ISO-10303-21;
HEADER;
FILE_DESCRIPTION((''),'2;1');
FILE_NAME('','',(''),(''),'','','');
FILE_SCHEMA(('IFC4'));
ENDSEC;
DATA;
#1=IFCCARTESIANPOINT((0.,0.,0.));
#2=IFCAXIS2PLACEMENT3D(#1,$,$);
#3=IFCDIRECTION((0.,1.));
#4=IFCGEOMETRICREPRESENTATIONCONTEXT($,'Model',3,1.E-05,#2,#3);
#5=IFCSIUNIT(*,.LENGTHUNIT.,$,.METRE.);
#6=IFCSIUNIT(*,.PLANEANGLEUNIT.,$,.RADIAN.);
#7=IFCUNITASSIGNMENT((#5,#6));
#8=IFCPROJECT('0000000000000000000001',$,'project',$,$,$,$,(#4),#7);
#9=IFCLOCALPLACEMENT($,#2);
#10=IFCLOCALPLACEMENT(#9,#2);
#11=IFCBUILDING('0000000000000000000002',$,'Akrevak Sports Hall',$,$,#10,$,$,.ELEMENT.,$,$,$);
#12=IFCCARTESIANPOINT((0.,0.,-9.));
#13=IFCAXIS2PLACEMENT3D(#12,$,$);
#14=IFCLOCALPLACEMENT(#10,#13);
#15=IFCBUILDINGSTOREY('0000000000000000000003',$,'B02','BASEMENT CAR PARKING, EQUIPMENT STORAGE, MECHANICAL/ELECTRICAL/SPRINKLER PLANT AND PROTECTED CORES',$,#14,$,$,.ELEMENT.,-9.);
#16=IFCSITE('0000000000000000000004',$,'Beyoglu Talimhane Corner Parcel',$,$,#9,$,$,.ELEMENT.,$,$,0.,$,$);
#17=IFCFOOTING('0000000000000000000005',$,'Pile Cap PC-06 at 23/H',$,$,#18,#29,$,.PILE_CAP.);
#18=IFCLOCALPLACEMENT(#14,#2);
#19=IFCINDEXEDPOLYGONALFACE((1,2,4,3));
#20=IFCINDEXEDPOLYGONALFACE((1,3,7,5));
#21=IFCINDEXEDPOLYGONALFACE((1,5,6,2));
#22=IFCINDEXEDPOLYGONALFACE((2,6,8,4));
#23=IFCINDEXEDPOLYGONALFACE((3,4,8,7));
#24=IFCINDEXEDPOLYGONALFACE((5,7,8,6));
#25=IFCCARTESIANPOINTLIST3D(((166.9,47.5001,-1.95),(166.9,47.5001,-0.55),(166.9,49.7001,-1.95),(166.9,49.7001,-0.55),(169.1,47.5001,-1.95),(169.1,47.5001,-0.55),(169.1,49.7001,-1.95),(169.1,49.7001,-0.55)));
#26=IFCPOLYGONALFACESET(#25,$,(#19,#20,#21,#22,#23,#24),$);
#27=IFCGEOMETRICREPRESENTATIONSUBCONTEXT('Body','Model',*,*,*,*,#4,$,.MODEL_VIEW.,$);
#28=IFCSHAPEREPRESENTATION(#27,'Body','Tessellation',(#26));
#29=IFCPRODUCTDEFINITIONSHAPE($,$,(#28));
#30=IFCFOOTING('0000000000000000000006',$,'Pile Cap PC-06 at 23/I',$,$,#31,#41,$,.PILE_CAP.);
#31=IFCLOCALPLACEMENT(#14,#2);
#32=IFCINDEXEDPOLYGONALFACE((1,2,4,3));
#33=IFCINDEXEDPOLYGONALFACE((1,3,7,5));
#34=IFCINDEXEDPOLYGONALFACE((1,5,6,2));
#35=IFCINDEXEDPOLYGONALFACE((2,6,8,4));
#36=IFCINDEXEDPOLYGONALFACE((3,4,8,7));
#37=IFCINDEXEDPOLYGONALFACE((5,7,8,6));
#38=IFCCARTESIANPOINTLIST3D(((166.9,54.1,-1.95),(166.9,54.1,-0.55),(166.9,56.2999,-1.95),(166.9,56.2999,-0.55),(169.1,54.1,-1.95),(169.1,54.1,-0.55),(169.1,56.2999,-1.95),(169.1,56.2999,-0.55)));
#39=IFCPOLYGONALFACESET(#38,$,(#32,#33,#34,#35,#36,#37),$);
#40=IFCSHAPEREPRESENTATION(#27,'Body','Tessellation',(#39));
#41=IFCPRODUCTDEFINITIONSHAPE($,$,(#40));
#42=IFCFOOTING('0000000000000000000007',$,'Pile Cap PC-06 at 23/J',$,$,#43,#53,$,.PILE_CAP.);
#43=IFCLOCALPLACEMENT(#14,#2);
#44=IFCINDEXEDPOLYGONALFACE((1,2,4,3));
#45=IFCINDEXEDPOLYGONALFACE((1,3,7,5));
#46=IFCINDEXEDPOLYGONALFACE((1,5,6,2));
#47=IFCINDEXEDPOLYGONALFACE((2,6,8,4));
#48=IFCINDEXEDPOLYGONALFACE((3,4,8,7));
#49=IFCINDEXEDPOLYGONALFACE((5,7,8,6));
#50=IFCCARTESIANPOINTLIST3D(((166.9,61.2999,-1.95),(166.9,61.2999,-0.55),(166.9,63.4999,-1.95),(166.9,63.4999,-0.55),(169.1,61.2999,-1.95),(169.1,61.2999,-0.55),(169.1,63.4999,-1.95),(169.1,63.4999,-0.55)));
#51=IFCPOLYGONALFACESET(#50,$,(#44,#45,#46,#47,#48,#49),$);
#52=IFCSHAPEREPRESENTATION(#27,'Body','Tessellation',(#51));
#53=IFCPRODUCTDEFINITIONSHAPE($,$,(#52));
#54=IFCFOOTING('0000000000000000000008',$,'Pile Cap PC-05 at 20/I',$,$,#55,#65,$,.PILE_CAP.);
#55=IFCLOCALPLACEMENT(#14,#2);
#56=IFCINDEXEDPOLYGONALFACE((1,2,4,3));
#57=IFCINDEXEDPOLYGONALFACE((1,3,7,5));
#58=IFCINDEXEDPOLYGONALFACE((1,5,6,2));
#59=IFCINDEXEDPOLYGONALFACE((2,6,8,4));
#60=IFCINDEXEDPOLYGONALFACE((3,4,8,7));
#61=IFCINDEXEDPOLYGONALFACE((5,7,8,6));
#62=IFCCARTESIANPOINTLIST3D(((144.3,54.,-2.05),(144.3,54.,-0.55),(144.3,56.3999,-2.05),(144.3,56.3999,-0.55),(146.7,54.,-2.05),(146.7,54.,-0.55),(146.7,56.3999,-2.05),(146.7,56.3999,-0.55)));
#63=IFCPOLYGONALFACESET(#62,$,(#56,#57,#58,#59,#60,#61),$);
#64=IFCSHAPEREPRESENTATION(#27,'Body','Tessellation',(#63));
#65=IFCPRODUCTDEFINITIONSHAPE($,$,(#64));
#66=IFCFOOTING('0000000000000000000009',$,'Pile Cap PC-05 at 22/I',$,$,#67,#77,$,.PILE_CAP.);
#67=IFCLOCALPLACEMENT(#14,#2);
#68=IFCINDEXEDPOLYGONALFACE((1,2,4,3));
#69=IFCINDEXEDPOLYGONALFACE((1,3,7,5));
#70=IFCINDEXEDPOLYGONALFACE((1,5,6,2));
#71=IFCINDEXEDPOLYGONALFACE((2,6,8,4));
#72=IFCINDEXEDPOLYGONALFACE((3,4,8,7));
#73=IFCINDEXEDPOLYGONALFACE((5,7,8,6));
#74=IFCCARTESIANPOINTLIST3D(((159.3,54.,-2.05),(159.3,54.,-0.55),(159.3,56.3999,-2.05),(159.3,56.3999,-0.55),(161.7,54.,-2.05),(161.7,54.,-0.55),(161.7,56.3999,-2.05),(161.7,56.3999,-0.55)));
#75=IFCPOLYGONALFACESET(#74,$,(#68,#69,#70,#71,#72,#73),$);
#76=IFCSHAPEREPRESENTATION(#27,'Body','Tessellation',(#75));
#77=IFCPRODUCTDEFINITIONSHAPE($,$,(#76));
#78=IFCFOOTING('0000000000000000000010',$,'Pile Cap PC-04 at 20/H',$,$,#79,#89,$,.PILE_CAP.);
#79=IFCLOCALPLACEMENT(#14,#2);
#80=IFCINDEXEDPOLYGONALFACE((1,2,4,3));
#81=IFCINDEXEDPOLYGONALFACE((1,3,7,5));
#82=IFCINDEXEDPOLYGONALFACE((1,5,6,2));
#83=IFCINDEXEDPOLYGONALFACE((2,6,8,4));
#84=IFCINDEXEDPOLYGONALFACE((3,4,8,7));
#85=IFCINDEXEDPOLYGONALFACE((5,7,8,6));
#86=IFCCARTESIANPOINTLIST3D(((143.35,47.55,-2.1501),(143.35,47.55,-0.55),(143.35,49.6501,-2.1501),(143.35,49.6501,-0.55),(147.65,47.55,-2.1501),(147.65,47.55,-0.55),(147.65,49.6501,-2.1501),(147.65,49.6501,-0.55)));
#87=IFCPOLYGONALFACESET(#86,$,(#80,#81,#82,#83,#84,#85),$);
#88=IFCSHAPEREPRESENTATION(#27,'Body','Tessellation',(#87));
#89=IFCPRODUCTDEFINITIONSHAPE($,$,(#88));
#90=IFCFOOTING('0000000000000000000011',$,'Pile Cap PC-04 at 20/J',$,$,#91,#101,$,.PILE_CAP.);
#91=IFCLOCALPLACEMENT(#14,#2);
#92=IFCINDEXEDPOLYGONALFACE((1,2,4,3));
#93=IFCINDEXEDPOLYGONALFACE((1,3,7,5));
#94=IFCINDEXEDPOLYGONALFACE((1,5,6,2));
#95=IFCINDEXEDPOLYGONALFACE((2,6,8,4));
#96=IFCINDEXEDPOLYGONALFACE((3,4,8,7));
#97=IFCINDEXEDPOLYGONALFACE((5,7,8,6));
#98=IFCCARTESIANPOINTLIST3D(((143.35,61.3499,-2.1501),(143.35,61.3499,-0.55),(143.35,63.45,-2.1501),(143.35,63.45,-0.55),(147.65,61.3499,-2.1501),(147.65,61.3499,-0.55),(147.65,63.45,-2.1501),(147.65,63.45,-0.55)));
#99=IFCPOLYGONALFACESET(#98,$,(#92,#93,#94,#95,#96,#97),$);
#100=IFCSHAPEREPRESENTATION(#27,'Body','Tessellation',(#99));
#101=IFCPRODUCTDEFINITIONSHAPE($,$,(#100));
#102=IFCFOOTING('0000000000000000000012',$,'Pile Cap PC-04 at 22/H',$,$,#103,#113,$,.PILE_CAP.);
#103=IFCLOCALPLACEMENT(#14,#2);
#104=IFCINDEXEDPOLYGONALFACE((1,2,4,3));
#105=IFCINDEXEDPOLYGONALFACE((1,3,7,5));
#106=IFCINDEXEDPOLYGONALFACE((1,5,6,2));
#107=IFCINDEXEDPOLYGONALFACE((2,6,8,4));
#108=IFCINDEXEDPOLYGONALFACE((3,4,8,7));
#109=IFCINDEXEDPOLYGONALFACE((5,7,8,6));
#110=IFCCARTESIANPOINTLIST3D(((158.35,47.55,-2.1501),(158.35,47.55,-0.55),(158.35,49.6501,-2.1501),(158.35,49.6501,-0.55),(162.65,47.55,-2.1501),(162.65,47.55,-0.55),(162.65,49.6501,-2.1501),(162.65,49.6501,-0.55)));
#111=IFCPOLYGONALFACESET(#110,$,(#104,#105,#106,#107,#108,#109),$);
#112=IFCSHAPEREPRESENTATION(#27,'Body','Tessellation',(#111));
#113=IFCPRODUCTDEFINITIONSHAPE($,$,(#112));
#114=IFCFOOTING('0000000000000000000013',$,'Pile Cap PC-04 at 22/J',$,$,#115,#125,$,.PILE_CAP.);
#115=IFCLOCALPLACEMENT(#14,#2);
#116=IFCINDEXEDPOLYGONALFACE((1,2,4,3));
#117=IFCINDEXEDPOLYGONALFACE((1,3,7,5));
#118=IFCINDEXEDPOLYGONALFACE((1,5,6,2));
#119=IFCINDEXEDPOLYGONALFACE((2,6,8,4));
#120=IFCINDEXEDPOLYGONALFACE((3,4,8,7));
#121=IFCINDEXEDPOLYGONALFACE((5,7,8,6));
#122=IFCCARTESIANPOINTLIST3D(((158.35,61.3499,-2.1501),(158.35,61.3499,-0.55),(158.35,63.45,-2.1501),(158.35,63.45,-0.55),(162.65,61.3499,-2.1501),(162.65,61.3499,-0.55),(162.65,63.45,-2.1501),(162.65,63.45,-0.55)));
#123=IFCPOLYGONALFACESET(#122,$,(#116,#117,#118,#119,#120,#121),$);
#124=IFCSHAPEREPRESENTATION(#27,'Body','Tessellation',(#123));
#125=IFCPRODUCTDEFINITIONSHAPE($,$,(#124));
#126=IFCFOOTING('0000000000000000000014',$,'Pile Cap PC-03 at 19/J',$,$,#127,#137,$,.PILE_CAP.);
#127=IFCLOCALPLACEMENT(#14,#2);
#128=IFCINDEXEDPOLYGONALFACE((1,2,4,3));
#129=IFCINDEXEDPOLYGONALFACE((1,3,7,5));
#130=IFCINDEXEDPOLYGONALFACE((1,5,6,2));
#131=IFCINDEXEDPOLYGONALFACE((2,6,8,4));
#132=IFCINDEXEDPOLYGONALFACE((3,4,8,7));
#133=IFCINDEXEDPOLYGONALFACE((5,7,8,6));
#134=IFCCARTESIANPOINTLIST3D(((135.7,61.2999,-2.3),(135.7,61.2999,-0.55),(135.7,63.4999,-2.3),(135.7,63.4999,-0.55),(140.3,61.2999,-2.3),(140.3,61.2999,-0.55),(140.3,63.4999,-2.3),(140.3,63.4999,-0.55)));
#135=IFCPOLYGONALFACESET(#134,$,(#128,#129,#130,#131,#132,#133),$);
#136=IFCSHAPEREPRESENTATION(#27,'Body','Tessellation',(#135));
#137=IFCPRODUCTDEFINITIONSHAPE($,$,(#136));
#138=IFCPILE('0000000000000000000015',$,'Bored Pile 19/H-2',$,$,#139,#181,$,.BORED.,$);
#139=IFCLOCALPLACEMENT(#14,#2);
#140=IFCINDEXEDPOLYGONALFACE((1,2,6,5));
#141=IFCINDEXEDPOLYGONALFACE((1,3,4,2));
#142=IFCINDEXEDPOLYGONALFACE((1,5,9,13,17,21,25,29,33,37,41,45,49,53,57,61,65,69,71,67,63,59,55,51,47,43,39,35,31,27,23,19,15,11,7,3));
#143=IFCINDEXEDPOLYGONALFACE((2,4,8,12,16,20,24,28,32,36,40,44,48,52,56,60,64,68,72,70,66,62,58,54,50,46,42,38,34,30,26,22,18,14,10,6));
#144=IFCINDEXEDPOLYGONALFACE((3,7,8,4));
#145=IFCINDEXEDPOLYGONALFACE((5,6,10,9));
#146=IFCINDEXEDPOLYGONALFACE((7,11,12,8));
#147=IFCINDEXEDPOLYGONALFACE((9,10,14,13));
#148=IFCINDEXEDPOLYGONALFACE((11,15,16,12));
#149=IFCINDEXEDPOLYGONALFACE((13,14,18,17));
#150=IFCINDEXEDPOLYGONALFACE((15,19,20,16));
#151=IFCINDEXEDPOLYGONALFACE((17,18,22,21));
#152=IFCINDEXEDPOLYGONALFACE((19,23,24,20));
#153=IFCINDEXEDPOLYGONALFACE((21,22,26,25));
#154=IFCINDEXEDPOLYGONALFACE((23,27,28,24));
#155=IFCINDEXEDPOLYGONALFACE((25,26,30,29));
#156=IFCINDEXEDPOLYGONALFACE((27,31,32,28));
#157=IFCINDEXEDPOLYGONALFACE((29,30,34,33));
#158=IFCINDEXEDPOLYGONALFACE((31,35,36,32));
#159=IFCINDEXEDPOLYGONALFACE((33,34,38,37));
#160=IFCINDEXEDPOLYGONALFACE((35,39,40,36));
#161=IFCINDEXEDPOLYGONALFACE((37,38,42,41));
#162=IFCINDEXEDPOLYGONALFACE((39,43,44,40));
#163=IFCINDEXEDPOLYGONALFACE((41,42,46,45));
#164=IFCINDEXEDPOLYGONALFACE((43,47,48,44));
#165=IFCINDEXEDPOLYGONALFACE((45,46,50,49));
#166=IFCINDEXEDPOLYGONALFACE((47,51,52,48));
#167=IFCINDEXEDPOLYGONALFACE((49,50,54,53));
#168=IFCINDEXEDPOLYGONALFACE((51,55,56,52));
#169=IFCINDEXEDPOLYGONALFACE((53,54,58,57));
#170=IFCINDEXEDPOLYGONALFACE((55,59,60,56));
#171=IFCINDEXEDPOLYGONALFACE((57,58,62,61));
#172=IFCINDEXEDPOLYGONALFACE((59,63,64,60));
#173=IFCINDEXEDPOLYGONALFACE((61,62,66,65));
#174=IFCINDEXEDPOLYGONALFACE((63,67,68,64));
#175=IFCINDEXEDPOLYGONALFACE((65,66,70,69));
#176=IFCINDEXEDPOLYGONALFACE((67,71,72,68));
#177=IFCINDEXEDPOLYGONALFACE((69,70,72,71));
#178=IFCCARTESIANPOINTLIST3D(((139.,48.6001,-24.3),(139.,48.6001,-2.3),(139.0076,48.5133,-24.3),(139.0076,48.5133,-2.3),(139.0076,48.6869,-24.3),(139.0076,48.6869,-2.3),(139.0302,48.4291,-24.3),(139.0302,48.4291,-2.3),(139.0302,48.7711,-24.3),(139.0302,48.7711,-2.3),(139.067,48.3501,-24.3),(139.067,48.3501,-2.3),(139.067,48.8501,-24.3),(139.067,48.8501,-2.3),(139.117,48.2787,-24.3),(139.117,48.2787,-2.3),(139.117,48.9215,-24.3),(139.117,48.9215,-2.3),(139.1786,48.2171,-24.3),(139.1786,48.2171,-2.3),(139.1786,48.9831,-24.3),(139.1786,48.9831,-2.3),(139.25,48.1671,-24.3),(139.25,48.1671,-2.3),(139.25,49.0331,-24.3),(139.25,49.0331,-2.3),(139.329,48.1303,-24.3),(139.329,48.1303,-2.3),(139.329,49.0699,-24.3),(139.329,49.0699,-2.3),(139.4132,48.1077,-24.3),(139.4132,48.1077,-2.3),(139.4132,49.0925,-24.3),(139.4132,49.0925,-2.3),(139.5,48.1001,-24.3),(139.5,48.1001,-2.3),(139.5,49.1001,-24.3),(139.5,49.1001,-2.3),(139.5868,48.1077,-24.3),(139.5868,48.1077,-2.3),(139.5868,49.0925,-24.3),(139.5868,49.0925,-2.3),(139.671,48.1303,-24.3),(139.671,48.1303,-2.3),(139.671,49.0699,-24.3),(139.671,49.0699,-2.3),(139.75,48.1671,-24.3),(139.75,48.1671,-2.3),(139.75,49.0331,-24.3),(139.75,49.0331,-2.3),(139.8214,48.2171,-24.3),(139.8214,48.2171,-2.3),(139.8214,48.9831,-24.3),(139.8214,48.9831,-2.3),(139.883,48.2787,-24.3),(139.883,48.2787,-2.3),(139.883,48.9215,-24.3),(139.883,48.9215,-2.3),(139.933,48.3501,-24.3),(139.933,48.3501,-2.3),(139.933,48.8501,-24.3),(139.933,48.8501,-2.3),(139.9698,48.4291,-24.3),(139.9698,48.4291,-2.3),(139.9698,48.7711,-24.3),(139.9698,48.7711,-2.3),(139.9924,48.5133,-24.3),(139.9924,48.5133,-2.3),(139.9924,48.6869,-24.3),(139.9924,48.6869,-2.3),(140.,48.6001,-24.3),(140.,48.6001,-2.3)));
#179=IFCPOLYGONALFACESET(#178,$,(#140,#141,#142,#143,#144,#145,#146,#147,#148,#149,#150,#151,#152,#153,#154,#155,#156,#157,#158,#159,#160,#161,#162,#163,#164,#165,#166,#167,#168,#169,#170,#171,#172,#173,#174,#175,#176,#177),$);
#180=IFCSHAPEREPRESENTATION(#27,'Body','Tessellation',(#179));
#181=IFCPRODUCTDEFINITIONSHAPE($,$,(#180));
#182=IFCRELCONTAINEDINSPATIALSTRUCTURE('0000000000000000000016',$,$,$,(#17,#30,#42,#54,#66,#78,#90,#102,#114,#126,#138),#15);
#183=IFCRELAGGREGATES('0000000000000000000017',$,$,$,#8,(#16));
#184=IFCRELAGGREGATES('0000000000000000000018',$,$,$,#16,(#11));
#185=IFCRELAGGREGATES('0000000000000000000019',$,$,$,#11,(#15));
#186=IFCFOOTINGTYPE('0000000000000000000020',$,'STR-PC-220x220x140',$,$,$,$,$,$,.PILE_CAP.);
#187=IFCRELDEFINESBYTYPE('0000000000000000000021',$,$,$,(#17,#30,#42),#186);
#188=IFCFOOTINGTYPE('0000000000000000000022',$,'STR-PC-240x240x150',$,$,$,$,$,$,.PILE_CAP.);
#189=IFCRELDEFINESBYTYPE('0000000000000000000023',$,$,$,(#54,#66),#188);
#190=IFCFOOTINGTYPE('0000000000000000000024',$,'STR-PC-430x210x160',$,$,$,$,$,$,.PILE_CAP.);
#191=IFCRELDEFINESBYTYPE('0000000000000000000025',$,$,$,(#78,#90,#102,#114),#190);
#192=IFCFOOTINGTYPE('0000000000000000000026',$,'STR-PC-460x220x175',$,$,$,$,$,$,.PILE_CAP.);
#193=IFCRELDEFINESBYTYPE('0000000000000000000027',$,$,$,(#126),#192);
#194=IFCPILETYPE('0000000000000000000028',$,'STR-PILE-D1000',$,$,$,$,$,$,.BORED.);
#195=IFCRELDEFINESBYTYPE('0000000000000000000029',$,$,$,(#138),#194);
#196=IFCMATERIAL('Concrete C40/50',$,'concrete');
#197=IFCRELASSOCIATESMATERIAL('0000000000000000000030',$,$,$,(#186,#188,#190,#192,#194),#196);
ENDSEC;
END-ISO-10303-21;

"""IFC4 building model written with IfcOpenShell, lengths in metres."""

from ifc_helpers import new_model, si_unit, direction, frame, origin, origin_2d, place, context, subcontext, project, spatial, rectangle, circle, extrude, material, material_profile, profile_set, type_object, element, save


model = new_model("IFC4")

# Units and contexts
model_context = context("Model", 3, precision=1e-05, world=origin(), true_north=direction((0.0, 1.0)))
body_context = subcontext(model_context, "Body", "Model", "MODEL_VIEW")
ifc_project = project(units=[si_unit("LENGTHUNIT", "METRE"), si_unit("PLANEANGLEUNIT", "RADIAN")], contexts=[model_context])

# Site, building, storey
site_placement = place(None, origin())
site = spatial("IfcSite", under=ifc_project, at=site_placement, Name="Beyoglu Talimhane Corner Parcel", CompositionType="ELEMENT", RefElevation=0.0)
building_placement = place(site_placement, origin())
building = spatial("IfcBuilding", under=site, at=building_placement, Name="Akrevak Sports Hall", CompositionType="ELEMENT")
storey_placement = place(building_placement, frame((0.0, 0.0, -9.0)))
storey = spatial("IfcBuildingStorey", under=building, at=storey_placement, Name="B02", Description="BASEMENT CAR PARKING, EQUIPMENT STORAGE, MECHANICAL/ELECTRICAL/SPRINKLER PLANT AND PROTECTED CORES", CompositionType="ELEMENT", Elevation=-9.0)

# Footings
ifc_material_1 = material(Name="Concrete C40/50", Category="concrete")
footing_type_1 = type_object("IfcFootingType", Name="STR-PC-220x220x140", PredefinedType="PILE_CAP", material=ifc_material_1)
for number, where, z_axis, x_axis, name in (
    (1, (168.0, 48.6001, -1.95), (0.0, 0.0, 1.0), (1.0, 0.0, 0.0), "Pile Cap PC-06 at 23/H"),
    (2, (168.0, 55.2, -1.95), (0.0, 0.0, 1.0), (1.0, 0.0, 0.0), "Pile Cap PC-06 at 23/I"),
    (3, (168.0, 62.3999, -1.95), (0.0, 0.0, 1.0), (1.0, 0.0, 0.0), "Pile Cap PC-06 at 23/J"),
):
    element("IfcFooting", number, at=place(storey_placement, frame(where, z_axis=z_axis, x_axis=x_axis)), inside=storey, type_object=footing_type_1, Name=name, PredefinedType="PILE_CAP", context=body_context, shape_type="SweptSolid", body=[
        extrude(rectangle(XDim=2.2, YDim=2.2, at=origin_2d()), origin(), (0.0, 0.0, 1.0), 1.3999),
    ])
footing_type_2 = type_object("IfcFootingType", Name="STR-PC-240x240x150", PredefinedType="PILE_CAP", material=ifc_material_1)
for number, where, z_axis, x_axis, name in (
    (4, (145.5, 55.2, -2.05), (0.0, 0.0, 1.0), (1.0, 0.0, 0.0), "Pile Cap PC-05 at 20/I"),
    (5, (160.5, 55.2, -2.05), (0.0, 0.0, 1.0), (1.0, 0.0, 0.0), "Pile Cap PC-05 at 22/I"),
):
    element("IfcFooting", number, at=place(storey_placement, frame(where, z_axis=z_axis, x_axis=x_axis)), inside=storey, type_object=footing_type_2, Name=name, PredefinedType="PILE_CAP", context=body_context, shape_type="SweptSolid", body=[
        extrude(rectangle(XDim=2.3999, YDim=2.3999, at=origin_2d()), origin(), (0.0, 0.0, 1.0), 1.5),
    ])
footing_type_3 = type_object("IfcFootingType", Name="STR-PC-430x210x160", PredefinedType="PILE_CAP", material=ifc_material_1)
for number, where, z_axis, x_axis, name in (
    (6, (145.5, 48.6001, -2.1501), (0.0, 0.0, 1.0), (1.0, 0.0, 0.0), "Pile Cap PC-04 at 20/H"),
    (7, (145.5, 62.3999, -2.1501), (0.0, 0.0, 1.0), (1.0, 0.0, 0.0), "Pile Cap PC-04 at 20/J"),
    (8, (160.5, 48.6001, -2.1501), (0.0, 0.0, 1.0), (1.0, 0.0, 0.0), "Pile Cap PC-04 at 22/H"),
    (9, (160.5, 62.3999, -2.1501), (0.0, 0.0, 1.0), (1.0, 0.0, 0.0), "Pile Cap PC-04 at 22/J"),
):
    element("IfcFooting", number, at=place(storey_placement, frame(where, z_axis=z_axis, x_axis=x_axis)), inside=storey, type_object=footing_type_3, Name=name, PredefinedType="PILE_CAP", context=body_context, shape_type="SweptSolid", body=[
        extrude(rectangle(XDim=4.3, YDim=2.1001, at=origin_2d()), origin(), (0.0, 0.0, 1.0), 1.6001),
    ])
footing_type_4 = type_object("IfcFootingType", Name="STR-PC-460x220x175", PredefinedType="PILE_CAP", material=ifc_material_1)
footing_placement = place(storey_placement, frame((138.0, 62.3999, -2.3), z_axis=(0.0, 0.0, 1.0), x_axis=(1.0, 0.0, 0.0)))
element("IfcFooting", 10, at=footing_placement, inside=storey, type_object=footing_type_4, Name="Pile Cap PC-03 at 19/J", PredefinedType="PILE_CAP", context=body_context, shape_type="SweptSolid", body=[
    extrude(rectangle(XDim=4.6001, YDim=2.2, at=origin_2d()), origin(), (0.0, 0.0, 1.0), 1.75),
])

# Pile
ifc_material_profile_1 = material_profile(ifc_material_1, circle(Radius=0.5, at=origin_2d()), Name="BORED PILE D1000", Category="concrete")
ifc_profile_set_1 = profile_set([ifc_material_profile_1], Name="Concrete C40/50")
pile_type_1 = type_object("IfcPileType", Name="STR-PILE-D1000", PredefinedType="BORED", material=ifc_profile_set_1)
for number, where, z_axis, x_axis, name in (
    (11, (139.5, 48.6001, -2.3), (0.0, 0.0, -1.0), (1.0, 0.0, 0.0), "Bored Pile 19/H-2"),
):
    element("IfcPile", number, at=place(storey_placement, frame(where, z_axis=z_axis, x_axis=x_axis)), inside=storey, type_object=pile_type_1, Name=name, PredefinedType="BORED", context=body_context, shape_type="SweptSolid", body=[
        extrude(circle(Radius=0.5, at=origin_2d()), origin(), (0.0, 0.0, 1.0), 22.0),
    ])

save(model, "model.ifc")
